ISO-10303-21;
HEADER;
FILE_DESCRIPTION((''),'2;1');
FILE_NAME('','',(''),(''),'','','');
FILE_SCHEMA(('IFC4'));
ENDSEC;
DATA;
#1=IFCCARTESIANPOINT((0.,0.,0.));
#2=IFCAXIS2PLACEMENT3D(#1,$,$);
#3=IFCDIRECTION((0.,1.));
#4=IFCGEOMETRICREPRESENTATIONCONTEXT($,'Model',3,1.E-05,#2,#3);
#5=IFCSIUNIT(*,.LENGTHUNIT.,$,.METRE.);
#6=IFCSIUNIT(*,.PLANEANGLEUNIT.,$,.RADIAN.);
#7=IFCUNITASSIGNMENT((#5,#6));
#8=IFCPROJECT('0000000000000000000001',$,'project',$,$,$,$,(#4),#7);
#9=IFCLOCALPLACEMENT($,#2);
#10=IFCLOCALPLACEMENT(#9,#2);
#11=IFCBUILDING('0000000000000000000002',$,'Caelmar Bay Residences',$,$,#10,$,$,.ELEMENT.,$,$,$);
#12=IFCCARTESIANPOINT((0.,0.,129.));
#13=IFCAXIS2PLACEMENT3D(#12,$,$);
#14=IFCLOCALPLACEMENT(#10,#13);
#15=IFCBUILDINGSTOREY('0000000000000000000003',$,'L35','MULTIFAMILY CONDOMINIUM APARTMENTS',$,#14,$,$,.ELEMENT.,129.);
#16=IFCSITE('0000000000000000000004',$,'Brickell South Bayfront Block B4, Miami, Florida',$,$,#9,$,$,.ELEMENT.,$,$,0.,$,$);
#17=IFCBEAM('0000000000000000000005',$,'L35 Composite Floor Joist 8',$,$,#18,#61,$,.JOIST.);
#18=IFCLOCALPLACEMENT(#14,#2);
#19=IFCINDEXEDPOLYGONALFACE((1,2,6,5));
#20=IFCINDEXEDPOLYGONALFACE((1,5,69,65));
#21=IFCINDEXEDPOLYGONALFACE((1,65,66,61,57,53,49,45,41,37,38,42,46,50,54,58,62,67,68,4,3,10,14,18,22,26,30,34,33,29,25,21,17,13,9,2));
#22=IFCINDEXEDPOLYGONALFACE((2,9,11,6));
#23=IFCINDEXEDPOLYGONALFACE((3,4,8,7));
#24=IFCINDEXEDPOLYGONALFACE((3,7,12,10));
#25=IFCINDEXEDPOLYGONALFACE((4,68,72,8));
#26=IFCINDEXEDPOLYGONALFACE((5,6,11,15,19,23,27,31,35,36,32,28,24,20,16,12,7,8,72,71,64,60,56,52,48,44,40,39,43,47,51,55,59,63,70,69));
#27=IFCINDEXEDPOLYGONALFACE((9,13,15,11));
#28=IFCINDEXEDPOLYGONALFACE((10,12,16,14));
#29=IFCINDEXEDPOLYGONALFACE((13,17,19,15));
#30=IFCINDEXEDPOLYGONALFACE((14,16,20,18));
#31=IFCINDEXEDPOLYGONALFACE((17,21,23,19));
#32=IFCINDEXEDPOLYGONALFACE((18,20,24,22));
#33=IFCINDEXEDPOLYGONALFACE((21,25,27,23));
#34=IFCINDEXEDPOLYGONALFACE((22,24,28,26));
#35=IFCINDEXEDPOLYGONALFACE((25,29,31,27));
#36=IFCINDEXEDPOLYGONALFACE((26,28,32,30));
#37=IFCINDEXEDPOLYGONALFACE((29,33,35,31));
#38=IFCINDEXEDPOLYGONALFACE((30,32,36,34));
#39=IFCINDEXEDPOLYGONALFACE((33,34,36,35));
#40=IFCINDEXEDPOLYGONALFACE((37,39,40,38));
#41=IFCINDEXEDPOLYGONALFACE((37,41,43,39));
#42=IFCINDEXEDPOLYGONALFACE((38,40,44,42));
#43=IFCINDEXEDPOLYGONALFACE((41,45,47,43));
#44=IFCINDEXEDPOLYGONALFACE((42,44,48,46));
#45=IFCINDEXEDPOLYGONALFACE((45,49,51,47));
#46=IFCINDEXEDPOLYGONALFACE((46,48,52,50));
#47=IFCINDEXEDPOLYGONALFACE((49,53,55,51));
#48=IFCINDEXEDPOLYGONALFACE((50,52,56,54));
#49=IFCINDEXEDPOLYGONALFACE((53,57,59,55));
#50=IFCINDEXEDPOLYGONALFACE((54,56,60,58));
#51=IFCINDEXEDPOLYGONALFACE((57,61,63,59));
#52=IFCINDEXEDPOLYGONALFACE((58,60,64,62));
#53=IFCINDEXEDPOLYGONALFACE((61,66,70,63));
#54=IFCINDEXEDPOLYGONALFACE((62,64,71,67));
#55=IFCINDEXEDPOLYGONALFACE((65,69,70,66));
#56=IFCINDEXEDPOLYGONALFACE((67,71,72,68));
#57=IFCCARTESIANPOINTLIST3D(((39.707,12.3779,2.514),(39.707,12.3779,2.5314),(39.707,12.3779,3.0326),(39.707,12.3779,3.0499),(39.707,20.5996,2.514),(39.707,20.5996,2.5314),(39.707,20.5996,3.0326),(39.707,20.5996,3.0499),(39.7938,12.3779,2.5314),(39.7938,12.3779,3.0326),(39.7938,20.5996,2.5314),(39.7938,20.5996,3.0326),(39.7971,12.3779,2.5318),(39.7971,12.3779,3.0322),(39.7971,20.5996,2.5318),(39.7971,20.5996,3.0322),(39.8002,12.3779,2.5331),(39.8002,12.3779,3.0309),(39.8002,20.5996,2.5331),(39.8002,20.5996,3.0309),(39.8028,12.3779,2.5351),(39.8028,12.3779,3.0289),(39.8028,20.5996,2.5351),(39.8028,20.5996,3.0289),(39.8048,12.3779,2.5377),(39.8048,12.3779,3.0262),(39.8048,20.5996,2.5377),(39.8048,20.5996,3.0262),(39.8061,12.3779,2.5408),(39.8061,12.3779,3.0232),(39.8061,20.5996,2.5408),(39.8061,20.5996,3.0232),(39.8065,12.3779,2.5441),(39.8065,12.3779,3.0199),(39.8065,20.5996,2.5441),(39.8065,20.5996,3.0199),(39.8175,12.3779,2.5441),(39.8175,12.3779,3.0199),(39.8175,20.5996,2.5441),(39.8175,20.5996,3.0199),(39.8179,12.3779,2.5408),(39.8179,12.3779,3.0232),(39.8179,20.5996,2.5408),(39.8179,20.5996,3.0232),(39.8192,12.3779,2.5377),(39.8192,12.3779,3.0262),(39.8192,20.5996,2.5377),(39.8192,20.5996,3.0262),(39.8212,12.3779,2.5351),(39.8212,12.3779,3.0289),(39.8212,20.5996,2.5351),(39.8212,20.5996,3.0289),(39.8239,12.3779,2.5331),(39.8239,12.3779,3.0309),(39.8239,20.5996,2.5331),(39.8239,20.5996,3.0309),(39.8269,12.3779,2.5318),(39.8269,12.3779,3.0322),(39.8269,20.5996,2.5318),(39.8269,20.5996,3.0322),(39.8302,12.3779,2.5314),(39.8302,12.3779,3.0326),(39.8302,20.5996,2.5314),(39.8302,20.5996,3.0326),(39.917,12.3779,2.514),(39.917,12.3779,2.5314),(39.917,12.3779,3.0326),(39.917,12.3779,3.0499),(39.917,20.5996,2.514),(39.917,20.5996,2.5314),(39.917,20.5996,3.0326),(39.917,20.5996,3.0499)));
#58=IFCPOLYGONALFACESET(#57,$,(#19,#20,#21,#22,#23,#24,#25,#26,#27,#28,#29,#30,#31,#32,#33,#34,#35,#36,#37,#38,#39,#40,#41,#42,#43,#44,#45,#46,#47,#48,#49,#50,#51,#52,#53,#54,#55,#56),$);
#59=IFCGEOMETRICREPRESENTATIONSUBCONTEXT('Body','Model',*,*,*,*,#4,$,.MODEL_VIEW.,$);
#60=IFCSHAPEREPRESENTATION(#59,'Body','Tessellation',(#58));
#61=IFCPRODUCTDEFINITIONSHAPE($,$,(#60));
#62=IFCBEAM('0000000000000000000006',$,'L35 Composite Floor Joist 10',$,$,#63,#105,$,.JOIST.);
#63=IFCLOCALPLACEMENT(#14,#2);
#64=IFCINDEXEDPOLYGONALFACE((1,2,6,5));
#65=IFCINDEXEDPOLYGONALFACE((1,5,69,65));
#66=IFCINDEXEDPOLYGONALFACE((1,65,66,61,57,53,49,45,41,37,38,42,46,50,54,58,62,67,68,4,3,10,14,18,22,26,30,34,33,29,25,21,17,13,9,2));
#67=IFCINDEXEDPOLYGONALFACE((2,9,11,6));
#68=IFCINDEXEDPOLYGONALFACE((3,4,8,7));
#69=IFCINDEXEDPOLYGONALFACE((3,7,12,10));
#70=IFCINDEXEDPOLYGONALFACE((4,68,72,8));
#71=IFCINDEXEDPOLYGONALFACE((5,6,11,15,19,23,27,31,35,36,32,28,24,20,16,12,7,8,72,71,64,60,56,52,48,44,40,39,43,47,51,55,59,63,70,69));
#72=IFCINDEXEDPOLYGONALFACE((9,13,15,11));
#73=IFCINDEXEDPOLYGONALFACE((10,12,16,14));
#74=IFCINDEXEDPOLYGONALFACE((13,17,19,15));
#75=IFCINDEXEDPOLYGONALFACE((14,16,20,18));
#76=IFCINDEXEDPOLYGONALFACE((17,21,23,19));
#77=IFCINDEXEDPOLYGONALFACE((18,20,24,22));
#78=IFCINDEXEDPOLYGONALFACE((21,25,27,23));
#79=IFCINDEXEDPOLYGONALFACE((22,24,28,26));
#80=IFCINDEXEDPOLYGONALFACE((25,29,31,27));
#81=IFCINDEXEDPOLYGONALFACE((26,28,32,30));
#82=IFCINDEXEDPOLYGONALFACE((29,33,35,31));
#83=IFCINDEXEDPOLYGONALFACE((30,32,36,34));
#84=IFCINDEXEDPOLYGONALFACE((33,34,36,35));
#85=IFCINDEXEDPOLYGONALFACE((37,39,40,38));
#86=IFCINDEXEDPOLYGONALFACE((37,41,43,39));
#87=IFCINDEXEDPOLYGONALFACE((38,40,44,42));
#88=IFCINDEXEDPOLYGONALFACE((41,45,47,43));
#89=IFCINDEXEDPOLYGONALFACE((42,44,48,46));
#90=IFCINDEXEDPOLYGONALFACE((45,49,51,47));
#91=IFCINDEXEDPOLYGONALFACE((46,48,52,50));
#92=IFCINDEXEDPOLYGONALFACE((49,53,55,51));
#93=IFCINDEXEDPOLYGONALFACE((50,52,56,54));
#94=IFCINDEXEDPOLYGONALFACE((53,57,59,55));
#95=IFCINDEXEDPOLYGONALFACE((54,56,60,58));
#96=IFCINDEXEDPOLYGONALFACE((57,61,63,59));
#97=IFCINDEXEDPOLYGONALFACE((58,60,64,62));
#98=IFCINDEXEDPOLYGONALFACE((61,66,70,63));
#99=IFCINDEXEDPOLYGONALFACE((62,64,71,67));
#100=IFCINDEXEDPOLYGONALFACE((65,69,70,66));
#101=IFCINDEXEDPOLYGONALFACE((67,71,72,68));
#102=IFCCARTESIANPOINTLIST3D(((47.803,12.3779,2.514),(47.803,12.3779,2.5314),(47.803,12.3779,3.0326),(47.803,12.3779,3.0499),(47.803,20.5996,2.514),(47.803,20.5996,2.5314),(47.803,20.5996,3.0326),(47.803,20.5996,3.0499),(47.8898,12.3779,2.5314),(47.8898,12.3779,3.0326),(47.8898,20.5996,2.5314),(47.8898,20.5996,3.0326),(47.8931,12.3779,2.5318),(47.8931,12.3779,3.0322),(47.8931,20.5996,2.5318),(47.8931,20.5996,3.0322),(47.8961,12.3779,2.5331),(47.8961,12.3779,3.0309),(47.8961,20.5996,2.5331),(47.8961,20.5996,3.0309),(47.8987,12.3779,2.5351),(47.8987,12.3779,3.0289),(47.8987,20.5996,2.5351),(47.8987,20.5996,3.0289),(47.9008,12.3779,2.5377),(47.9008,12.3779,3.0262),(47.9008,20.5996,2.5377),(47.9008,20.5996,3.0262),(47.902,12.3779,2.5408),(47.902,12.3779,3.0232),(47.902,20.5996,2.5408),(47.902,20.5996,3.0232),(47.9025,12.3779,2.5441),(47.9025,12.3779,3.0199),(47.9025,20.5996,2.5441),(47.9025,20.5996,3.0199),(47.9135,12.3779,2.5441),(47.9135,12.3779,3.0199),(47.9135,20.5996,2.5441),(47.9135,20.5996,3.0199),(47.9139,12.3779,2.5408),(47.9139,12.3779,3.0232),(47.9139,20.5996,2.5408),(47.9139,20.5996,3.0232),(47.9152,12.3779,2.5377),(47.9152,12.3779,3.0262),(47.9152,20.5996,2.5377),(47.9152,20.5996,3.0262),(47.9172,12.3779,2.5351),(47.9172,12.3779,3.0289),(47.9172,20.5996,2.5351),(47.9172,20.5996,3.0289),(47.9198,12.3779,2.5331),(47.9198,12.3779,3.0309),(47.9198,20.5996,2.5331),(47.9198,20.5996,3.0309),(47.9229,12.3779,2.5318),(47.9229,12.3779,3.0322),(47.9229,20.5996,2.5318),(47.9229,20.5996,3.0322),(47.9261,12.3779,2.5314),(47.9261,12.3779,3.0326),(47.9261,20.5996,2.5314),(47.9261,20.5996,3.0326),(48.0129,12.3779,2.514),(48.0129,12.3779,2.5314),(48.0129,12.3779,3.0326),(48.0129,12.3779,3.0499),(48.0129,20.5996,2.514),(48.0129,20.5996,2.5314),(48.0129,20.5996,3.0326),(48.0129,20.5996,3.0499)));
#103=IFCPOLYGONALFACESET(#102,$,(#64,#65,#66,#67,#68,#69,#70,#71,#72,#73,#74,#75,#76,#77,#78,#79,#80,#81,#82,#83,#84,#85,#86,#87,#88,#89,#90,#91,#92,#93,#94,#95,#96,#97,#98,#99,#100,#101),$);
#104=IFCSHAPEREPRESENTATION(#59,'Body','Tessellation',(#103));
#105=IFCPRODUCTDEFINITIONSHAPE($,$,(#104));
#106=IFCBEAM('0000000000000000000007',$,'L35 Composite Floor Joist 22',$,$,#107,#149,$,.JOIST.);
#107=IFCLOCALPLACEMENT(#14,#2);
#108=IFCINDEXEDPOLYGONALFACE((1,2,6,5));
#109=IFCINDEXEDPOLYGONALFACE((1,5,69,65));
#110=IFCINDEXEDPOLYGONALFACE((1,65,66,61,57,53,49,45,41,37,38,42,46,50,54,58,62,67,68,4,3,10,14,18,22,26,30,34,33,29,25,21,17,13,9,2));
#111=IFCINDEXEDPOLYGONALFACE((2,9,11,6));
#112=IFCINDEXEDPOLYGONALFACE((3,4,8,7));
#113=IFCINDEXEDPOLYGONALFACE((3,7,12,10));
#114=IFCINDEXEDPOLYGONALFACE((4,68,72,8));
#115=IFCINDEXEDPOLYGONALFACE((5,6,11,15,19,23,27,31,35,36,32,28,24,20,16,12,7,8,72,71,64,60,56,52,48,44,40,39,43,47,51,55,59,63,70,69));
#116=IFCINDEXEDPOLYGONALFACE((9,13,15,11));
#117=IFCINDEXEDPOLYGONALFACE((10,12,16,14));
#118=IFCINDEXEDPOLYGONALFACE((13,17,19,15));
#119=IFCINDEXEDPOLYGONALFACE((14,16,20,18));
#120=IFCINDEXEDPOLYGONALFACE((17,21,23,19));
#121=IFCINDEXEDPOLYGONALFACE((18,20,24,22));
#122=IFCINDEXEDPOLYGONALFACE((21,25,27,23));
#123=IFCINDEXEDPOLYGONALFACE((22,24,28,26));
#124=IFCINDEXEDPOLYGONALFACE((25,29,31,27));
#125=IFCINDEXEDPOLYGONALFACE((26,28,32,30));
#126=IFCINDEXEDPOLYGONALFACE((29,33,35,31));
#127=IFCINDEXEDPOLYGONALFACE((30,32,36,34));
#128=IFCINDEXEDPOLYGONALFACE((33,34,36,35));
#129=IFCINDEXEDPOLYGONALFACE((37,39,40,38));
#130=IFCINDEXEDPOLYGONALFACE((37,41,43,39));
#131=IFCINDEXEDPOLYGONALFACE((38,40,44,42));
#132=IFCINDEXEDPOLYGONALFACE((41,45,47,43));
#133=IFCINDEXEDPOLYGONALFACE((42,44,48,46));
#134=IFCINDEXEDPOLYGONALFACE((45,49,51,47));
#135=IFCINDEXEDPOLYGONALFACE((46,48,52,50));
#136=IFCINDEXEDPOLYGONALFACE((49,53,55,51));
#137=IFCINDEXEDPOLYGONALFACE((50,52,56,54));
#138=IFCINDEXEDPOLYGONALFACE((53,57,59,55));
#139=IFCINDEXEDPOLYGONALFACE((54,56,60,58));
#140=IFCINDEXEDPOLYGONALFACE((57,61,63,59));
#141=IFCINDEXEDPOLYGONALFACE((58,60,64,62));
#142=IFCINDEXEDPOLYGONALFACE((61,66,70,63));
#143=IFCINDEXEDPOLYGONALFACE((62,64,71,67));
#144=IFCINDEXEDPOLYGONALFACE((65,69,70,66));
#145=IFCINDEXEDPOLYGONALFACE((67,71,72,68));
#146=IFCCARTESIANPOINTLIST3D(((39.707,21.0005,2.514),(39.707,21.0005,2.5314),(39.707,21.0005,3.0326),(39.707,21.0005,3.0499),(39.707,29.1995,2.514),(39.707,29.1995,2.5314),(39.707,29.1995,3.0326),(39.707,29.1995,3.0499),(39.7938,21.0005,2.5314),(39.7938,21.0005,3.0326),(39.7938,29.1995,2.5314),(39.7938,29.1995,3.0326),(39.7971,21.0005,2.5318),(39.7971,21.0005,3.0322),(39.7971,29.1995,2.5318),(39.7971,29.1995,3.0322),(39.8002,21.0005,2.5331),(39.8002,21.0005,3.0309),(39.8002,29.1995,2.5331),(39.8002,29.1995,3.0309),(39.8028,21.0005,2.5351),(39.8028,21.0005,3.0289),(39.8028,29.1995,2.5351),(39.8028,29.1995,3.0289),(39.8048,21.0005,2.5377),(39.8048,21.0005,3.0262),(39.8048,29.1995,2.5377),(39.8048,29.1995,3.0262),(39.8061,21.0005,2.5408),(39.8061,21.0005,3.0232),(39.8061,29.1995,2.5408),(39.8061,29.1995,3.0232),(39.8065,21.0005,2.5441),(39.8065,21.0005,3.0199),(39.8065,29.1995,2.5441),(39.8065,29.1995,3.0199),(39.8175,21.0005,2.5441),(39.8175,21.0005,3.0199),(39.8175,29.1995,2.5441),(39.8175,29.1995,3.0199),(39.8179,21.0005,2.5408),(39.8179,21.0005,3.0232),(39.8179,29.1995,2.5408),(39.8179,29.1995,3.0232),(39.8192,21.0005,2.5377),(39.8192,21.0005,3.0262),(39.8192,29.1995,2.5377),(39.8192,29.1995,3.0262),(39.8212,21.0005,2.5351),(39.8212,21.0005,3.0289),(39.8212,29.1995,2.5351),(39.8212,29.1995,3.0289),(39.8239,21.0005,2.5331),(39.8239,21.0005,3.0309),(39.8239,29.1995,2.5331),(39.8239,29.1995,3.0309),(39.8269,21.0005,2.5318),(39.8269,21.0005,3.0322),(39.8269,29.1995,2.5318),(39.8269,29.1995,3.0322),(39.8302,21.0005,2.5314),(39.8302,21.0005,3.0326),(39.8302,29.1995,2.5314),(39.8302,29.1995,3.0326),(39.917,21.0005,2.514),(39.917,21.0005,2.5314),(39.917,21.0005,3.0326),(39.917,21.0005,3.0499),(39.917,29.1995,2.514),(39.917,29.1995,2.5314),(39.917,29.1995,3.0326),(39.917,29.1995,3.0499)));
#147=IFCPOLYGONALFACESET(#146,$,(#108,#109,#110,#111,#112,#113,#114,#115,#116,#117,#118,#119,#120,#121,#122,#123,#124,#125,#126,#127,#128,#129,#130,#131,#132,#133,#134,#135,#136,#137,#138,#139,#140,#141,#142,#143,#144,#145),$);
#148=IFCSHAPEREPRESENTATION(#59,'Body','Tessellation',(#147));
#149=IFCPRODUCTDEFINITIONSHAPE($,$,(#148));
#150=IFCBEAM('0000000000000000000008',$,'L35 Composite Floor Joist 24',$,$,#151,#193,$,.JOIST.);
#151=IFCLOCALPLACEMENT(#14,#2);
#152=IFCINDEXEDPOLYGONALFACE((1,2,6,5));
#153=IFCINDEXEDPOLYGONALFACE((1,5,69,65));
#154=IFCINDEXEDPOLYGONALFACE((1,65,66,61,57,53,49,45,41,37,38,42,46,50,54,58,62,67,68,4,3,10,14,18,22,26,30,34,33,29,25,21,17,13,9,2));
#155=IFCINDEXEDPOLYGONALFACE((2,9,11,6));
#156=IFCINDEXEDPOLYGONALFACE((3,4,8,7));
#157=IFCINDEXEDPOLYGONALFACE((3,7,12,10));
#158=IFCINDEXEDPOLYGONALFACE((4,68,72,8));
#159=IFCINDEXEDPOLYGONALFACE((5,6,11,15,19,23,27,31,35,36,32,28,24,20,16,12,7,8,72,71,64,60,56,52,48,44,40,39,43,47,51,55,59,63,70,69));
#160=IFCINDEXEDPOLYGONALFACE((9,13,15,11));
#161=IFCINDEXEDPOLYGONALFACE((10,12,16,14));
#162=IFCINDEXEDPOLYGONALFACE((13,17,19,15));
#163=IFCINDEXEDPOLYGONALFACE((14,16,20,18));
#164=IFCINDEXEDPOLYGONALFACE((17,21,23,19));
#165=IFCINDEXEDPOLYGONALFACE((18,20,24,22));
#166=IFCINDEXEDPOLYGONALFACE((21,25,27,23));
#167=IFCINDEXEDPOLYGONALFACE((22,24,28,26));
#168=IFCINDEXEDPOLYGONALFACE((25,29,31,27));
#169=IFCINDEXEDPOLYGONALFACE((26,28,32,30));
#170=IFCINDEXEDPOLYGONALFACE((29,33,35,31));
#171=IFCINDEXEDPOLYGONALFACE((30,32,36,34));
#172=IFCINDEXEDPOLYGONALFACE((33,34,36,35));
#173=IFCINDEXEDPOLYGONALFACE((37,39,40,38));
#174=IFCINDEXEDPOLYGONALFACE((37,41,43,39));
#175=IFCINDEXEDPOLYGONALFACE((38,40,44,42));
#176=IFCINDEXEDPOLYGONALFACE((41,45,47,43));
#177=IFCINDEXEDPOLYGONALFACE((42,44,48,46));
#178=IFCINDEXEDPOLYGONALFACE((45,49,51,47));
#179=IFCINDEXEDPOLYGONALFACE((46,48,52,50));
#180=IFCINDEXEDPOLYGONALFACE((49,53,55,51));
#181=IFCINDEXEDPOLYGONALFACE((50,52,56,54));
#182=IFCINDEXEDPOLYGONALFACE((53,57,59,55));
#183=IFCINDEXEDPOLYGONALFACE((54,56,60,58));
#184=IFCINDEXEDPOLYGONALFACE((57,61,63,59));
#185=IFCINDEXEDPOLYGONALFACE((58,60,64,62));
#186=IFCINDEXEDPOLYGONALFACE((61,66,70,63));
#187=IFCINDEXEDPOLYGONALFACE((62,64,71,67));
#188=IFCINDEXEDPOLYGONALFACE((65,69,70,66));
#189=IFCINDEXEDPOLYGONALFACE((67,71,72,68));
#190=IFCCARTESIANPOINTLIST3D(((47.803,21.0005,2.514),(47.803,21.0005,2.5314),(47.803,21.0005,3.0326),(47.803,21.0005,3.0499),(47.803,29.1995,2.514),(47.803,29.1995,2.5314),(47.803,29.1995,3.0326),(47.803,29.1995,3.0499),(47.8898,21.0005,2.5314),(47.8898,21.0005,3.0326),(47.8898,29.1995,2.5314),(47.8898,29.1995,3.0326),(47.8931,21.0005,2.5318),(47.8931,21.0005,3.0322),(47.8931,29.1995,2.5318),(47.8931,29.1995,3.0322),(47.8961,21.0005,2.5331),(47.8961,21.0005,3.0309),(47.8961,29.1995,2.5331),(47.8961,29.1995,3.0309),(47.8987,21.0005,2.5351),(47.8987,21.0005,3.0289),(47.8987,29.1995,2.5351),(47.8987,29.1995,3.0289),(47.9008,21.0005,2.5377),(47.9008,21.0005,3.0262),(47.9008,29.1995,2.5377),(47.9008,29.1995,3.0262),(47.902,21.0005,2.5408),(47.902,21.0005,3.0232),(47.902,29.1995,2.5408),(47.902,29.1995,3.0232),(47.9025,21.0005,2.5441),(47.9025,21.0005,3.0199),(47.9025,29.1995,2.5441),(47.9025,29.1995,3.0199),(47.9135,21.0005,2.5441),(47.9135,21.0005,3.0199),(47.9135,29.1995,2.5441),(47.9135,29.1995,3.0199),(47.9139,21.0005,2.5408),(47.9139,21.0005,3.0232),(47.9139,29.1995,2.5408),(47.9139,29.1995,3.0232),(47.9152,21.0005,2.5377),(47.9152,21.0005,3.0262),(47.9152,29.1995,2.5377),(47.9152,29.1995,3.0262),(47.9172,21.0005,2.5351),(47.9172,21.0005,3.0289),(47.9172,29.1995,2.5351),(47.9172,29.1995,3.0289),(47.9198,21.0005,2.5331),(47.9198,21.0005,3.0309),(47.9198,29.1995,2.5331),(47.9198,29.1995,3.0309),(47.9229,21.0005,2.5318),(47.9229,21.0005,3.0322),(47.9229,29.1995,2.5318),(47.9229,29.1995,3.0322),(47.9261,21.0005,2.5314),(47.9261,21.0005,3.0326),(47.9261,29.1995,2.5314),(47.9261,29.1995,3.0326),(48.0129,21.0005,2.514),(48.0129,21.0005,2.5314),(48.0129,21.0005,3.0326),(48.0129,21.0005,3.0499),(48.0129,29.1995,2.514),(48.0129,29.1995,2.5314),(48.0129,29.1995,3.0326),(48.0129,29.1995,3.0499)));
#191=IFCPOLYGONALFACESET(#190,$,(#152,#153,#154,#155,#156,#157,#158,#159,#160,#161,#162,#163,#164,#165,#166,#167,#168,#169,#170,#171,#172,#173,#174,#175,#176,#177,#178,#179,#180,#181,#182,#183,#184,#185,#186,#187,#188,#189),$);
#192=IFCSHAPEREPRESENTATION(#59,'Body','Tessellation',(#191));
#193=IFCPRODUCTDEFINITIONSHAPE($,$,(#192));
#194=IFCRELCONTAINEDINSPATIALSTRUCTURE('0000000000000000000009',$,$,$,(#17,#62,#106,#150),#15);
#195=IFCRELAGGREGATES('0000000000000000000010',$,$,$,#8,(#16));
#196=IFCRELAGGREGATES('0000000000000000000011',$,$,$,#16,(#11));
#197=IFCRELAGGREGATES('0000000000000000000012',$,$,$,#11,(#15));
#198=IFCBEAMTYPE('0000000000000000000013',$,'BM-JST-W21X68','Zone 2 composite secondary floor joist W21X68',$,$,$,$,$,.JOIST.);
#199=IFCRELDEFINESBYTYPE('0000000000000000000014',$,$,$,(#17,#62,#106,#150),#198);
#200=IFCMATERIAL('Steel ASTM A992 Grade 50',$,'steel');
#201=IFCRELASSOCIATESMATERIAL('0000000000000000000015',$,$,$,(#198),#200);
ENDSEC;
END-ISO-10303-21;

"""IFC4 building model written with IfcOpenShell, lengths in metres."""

from ifc_helpers import new_model, si_unit, direction, frame, origin, origin_2d, place, context, subcontext, project, spatial, i_section, extrude, material, material_profile, profile_set, type_object, element, save


model = new_model("IFC4")

# Units and contexts
model_context = context("Model", 3, precision=1e-05, world=origin(), true_north=direction((0.0, 1.0)))
body_context = subcontext(model_context, "Body", "Model", "MODEL_VIEW")
ifc_project = project(units=[si_unit("LENGTHUNIT", "METRE"), si_unit("PLANEANGLEUNIT", "RADIAN")], contexts=[model_context])

# Site, building, storey
site_placement = place(None, origin())
site = spatial("IfcSite", under=ifc_project, at=site_placement, Name="Brickell South Bayfront Block B4, Miami, Florida", CompositionType="ELEMENT", RefElevation=0.0)
building_placement = place(site_placement, origin())
building = spatial("IfcBuilding", under=site, at=building_placement, Name="Caelmar Bay Residences", CompositionType="ELEMENT")
storey_placement = place(building_placement, frame((0.0, 0.0, 129.0)))
storey = spatial("IfcBuildingStorey", under=building, at=storey_placement, Name="L35", Description="MULTIFAMILY CONDOMINIUM APARTMENTS", CompositionType="ELEMENT", Elevation=129.0)

# Beams
ifc_material_1 = material(Name="Steel ASTM A992 Grade 50", Category="steel")
ifc_material_profile_1 = material_profile(ifc_material_1, i_section(OverallWidth=0.21, OverallDepth=0.5359, WebThickness=0.011, FlangeThickness=0.0173, FilletRadius=0.0127, at=origin_2d()), Name="W21X68")
ifc_profile_set_1 = profile_set([ifc_material_profile_1], Name="Steel ASTM A992 Grade 50")
beam_type_1 = type_object("IfcBeamType", Name="BM-JST-W21X68", Description="Zone 2 composite secondary floor joist W21X68", PredefinedType="JOIST", material=ifc_profile_set_1)
for number, where, z_axis, x_axis, name in (
    (1, (39.812, 12.3779, 2.782), (0.0, 1.0, 0.0), (-1.0, 0.0, 0.0), "L35 Composite Floor Joist 8"),
    (2, (47.908, 12.3779, 2.782), (0.0, 1.0, 0.0), (-1.0, 0.0, 0.0), "L35 Composite Floor Joist 10"),
):
    element("IfcBeam", number, at=place(storey_placement, frame(where, z_axis=z_axis, x_axis=x_axis)), inside=storey, type_object=beam_type_1, Name=name, PredefinedType="JOIST", context=body_context, shape_type="SweptSolid", body=[
        extrude(i_section(OverallWidth=0.21, OverallDepth=0.5359, WebThickness=0.011, FlangeThickness=0.0173, FilletRadius=0.0127, at=origin_2d()), origin(), (0.0, 0.0, 1.0), 8.2217),
    ])
for number, where, z_axis, x_axis, name in (
    (3, (39.812, 21.0005, 2.782), (0.0, 1.0, 0.0), (-1.0, 0.0, 0.0), "L35 Composite Floor Joist 22"),
    (4, (47.908, 21.0005, 2.782), (0.0, 1.0, 0.0), (-1.0, 0.0, 0.0), "L35 Composite Floor Joist 24"),
):
    element("IfcBeam", number, at=place(storey_placement, frame(where, z_axis=z_axis, x_axis=x_axis)), inside=storey, type_object=beam_type_1, Name=name, PredefinedType="JOIST", context=body_context, shape_type="SweptSolid", body=[
        extrude(i_section(OverallWidth=0.21, OverallDepth=0.5359, WebThickness=0.011, FlangeThickness=0.0173, FilletRadius=0.0127, at=origin_2d()), origin(), (0.0, 0.0, 1.0), 8.199),
    ])

save(model, "model.ifc")
